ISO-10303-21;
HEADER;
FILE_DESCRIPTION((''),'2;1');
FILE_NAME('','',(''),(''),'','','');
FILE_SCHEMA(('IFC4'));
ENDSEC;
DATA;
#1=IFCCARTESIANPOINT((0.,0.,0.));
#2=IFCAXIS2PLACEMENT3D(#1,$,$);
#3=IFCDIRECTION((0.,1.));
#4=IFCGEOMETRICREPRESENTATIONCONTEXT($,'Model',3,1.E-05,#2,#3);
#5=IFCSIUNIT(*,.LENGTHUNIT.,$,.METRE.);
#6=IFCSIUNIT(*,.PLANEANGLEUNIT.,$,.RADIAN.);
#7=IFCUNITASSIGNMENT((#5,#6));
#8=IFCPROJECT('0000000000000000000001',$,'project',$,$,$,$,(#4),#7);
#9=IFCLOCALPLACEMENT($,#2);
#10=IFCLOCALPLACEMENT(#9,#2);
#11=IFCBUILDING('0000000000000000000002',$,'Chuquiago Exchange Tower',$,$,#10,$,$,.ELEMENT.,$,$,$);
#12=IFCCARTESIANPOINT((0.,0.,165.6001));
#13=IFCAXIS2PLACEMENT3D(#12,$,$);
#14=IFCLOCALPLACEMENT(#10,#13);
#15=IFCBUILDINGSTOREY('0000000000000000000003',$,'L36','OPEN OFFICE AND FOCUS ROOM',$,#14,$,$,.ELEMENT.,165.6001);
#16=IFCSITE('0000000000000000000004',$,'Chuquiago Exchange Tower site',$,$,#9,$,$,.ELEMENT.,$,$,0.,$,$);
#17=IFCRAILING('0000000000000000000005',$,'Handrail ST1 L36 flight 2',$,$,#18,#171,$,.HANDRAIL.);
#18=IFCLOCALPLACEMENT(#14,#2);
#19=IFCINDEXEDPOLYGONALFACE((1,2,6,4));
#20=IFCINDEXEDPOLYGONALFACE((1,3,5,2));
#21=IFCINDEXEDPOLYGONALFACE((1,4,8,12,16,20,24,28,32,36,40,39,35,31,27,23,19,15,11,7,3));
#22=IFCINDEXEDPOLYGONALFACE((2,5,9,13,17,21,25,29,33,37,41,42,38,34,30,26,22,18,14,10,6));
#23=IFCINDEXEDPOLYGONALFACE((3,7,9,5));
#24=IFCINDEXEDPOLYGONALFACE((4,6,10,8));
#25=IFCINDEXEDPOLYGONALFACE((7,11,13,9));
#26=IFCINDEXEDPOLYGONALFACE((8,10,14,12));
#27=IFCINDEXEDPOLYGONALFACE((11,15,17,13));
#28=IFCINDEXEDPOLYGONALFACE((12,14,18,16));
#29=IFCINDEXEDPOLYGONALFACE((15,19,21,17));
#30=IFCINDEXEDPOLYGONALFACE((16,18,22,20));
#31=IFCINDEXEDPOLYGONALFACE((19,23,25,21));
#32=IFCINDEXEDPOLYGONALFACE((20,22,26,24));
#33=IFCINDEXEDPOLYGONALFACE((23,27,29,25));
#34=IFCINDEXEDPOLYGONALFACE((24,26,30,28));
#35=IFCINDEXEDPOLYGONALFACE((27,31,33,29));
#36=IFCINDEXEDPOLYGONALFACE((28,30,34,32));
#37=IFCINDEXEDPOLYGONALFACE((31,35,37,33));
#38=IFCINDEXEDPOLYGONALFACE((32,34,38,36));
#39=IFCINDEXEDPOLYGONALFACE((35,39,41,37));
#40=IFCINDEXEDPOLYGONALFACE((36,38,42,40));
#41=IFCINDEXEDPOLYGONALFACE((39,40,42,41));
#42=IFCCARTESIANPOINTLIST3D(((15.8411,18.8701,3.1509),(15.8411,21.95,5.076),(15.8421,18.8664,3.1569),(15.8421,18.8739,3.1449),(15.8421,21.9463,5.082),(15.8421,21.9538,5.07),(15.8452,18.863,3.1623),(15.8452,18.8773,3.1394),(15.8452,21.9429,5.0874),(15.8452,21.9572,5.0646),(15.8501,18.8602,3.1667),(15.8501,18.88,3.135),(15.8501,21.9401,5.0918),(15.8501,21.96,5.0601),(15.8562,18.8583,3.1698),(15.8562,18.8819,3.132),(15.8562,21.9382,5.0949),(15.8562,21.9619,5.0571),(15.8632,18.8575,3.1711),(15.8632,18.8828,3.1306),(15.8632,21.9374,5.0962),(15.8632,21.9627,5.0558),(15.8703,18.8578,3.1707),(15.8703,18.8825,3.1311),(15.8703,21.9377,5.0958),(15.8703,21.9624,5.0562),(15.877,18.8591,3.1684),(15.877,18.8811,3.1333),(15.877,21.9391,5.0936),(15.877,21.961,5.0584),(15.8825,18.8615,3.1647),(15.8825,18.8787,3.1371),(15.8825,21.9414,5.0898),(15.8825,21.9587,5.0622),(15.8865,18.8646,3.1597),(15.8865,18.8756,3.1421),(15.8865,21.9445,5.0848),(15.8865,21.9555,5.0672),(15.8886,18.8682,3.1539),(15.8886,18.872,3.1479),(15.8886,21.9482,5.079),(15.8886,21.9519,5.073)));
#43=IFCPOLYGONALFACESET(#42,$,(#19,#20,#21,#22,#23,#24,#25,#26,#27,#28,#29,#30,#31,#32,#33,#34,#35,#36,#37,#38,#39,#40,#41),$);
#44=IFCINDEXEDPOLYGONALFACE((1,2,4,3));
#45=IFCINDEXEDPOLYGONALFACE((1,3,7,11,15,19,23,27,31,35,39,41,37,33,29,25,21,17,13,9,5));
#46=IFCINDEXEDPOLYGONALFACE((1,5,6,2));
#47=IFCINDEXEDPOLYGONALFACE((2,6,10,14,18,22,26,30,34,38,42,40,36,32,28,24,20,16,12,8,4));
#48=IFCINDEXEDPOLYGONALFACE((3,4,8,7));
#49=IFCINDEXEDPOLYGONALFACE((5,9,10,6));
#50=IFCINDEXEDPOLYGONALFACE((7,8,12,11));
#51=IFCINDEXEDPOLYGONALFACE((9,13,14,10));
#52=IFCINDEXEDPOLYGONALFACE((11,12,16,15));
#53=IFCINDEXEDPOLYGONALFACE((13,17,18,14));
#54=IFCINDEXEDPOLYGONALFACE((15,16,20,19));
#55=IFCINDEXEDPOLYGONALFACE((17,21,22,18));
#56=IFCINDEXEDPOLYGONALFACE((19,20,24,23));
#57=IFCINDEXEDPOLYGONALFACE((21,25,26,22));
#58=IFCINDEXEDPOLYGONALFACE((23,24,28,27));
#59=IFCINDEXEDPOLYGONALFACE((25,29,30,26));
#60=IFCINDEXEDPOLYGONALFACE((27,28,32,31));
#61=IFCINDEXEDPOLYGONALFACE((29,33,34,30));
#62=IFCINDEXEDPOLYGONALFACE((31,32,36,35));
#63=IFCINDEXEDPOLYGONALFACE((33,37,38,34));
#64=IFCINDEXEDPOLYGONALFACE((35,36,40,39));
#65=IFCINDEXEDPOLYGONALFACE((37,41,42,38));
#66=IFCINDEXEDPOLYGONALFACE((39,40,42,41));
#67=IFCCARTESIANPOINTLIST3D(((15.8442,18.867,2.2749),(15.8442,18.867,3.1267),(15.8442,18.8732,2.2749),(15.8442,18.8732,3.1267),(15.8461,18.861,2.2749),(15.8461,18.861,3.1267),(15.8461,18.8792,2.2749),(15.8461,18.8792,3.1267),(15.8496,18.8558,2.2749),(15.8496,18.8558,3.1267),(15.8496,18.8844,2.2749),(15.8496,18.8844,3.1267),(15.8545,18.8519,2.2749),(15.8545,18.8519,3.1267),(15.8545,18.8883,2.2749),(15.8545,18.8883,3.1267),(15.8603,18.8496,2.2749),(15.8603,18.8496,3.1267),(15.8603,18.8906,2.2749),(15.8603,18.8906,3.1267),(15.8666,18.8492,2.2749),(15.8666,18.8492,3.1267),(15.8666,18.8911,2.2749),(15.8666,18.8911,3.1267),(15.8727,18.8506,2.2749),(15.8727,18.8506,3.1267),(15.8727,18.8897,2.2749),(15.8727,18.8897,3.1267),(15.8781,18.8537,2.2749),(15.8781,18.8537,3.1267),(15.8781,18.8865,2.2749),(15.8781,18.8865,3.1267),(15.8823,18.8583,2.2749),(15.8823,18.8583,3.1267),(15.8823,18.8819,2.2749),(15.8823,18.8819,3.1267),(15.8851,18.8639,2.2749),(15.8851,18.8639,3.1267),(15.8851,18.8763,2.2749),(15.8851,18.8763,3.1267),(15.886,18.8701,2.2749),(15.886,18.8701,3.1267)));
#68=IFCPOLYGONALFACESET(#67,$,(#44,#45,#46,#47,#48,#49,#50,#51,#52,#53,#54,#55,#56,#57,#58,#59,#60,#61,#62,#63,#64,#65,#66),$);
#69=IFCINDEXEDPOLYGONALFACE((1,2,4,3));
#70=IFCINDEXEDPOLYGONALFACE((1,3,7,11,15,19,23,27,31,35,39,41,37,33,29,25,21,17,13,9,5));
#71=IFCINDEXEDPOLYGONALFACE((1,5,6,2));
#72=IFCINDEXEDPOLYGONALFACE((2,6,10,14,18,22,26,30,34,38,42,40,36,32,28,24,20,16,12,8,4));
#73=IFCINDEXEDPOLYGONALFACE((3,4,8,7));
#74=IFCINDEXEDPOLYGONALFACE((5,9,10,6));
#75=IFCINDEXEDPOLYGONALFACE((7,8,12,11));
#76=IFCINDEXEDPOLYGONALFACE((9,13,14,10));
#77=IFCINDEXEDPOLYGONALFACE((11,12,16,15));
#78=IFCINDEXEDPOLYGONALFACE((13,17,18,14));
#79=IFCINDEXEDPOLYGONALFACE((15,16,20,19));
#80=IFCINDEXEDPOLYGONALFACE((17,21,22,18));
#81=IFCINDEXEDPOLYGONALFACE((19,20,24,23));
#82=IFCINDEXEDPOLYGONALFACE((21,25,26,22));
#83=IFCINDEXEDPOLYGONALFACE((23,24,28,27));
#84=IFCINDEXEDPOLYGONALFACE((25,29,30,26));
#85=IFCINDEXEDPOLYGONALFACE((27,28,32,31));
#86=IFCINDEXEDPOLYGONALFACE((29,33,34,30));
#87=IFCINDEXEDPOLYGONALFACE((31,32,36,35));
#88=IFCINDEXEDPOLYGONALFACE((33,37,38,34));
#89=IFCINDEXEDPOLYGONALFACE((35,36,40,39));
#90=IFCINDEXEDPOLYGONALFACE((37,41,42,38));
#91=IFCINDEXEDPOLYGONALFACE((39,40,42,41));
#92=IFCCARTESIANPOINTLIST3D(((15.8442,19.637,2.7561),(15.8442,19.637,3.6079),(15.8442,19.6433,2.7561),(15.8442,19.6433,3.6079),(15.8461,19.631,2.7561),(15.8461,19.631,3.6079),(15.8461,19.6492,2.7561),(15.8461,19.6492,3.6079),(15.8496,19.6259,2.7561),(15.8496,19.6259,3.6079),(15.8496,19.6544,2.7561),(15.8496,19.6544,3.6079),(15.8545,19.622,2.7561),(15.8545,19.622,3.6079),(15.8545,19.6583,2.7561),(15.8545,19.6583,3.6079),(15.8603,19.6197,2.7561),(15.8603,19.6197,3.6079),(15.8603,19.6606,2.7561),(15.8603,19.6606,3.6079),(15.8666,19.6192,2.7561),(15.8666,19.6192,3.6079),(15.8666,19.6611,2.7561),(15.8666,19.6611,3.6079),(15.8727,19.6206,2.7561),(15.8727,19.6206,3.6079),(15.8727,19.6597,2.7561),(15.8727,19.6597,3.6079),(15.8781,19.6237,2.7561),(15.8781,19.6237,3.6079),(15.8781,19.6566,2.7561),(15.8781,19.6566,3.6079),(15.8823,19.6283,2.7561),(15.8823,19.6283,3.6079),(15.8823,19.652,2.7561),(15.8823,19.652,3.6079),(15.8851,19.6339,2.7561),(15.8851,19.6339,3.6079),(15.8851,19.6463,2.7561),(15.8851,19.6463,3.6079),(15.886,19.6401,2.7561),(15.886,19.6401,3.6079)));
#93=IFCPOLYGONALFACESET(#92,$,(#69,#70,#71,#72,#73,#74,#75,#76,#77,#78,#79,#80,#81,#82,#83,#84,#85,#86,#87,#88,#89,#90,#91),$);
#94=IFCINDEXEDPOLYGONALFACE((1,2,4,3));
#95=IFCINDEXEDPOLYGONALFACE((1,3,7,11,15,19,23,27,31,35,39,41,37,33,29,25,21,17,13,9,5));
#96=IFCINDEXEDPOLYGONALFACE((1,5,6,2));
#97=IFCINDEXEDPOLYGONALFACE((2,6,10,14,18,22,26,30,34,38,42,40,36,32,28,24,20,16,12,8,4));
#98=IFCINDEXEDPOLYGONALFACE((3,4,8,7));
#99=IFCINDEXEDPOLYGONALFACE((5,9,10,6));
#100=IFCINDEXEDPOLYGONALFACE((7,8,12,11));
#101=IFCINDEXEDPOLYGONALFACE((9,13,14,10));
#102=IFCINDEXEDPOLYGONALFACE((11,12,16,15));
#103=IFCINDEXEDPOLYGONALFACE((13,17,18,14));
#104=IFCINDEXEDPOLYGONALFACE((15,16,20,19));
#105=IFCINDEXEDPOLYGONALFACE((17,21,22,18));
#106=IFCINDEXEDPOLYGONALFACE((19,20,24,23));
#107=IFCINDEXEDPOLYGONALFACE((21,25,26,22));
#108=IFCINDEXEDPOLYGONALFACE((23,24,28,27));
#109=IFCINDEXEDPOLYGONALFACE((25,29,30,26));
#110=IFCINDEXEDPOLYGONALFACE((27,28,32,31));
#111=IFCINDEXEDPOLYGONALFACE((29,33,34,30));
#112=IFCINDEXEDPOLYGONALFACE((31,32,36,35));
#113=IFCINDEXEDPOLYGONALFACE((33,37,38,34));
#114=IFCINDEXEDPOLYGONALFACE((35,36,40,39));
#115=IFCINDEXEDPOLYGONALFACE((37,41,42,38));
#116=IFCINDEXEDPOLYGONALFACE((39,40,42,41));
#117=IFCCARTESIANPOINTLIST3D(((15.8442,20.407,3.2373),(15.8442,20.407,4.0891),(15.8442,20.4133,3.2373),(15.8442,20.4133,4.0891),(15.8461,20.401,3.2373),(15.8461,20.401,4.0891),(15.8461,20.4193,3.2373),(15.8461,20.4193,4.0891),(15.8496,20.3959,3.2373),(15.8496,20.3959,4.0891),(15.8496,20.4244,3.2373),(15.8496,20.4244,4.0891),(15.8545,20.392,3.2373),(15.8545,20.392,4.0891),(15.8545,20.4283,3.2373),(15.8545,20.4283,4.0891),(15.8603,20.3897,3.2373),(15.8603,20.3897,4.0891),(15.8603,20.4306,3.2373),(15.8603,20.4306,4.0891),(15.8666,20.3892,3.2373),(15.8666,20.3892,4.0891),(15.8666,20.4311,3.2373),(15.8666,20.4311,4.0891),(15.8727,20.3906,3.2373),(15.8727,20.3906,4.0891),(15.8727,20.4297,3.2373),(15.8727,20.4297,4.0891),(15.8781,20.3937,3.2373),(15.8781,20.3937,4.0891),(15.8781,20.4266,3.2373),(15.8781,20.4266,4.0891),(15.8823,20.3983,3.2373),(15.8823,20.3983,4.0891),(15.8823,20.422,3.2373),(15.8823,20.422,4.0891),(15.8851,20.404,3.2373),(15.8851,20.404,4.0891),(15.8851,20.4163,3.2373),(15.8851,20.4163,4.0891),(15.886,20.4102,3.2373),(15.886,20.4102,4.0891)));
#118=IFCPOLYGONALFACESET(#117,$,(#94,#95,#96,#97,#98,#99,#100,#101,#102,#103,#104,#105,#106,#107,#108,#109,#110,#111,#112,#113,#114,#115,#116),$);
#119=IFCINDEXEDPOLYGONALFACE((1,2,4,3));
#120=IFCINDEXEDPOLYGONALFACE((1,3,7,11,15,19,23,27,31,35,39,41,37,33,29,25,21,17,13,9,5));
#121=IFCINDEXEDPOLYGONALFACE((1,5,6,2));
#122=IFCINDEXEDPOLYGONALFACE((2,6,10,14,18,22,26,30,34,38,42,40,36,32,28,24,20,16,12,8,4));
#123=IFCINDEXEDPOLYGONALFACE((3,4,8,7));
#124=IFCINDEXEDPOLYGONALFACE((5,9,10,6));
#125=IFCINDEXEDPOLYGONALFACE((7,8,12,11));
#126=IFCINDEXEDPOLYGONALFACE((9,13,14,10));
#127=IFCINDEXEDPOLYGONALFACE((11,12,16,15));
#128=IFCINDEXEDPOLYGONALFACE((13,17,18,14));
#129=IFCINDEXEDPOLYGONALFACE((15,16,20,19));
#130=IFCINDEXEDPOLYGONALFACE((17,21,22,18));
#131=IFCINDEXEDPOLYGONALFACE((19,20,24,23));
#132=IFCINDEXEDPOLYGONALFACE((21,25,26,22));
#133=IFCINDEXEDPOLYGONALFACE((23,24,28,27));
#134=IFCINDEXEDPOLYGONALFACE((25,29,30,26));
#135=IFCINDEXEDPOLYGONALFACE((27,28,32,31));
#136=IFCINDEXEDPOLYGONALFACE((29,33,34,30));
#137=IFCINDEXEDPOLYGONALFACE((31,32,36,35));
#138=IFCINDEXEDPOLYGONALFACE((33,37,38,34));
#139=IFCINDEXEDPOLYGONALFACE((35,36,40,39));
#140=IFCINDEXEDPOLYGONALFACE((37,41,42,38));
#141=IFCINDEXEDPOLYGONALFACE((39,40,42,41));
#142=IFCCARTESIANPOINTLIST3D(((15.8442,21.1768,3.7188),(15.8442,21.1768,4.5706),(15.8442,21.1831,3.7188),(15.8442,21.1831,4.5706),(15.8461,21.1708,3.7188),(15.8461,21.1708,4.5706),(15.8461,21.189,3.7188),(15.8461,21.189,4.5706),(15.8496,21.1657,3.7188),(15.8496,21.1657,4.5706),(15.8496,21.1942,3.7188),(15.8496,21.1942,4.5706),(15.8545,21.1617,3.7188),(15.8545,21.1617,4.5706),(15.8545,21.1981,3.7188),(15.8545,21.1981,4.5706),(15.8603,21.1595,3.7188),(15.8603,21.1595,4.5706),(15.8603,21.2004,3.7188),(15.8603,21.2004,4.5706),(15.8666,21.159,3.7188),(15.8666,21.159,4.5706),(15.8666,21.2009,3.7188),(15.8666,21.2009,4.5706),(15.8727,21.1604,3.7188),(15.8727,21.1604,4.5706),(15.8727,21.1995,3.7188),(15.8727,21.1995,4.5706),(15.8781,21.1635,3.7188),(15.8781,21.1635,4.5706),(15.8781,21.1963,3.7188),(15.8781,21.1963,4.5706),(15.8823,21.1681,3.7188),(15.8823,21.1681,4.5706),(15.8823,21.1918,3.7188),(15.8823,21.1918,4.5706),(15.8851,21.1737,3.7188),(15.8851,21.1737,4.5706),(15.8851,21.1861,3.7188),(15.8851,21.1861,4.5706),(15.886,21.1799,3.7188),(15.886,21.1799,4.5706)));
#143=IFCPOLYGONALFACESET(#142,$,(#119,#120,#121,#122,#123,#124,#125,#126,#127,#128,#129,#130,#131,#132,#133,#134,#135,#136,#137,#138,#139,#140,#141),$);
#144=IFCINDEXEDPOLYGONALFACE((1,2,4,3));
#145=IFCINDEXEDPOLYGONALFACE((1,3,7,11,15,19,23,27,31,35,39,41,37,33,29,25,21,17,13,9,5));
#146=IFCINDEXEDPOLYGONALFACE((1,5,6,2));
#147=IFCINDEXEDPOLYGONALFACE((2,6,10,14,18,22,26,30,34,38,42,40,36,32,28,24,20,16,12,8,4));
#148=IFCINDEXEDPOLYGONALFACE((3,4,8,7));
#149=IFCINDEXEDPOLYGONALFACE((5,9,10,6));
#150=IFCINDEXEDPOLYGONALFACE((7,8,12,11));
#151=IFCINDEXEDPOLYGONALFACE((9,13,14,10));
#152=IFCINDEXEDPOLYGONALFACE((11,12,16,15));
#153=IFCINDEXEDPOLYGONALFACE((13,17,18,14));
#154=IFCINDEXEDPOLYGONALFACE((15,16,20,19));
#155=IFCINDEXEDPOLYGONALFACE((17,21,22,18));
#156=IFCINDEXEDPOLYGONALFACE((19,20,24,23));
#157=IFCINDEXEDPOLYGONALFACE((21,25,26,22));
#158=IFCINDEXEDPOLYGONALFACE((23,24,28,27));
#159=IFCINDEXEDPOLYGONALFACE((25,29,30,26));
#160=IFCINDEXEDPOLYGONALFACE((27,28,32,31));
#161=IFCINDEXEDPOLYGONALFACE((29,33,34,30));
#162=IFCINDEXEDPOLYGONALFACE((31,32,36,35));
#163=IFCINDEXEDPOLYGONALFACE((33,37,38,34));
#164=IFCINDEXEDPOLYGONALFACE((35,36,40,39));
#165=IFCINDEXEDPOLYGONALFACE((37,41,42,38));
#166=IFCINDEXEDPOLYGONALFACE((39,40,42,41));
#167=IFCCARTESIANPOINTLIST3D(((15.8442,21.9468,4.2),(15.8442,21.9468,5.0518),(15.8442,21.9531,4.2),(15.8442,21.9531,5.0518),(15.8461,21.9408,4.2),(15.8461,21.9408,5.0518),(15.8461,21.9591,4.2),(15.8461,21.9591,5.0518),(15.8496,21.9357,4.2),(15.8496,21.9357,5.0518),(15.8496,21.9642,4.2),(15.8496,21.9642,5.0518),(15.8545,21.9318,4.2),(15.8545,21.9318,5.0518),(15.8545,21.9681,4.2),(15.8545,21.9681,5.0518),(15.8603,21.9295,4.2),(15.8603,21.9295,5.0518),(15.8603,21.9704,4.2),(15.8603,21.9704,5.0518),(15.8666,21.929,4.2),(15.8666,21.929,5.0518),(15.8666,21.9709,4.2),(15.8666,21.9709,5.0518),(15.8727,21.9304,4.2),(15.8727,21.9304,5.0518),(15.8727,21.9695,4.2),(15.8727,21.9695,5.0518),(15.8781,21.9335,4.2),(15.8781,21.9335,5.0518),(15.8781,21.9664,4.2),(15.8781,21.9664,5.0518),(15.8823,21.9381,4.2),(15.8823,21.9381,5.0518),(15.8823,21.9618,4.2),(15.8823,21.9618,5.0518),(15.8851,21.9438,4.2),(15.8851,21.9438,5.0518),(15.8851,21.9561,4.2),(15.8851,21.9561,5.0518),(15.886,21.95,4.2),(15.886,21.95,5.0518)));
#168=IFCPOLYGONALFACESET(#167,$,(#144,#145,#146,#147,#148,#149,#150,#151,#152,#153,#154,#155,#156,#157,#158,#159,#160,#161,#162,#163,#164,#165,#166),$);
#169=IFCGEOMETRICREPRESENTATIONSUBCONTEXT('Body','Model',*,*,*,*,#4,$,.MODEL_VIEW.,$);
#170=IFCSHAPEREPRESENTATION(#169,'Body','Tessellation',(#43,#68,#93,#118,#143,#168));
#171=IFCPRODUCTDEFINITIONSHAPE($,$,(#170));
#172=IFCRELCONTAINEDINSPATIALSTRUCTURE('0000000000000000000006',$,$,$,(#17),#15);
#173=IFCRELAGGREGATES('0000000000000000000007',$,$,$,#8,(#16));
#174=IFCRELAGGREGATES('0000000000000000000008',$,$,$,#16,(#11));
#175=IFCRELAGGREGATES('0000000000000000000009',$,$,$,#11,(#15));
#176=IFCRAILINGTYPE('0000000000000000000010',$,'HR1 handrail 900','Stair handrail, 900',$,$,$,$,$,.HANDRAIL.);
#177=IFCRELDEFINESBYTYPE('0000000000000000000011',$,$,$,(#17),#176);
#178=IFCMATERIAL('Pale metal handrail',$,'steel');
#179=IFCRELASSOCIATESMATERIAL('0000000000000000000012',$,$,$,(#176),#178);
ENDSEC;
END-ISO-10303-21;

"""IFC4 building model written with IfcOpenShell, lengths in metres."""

from ifc_helpers import new_model, si_unit, direction, frame, origin, origin_2d, place, context, subcontext, project, spatial, circle, extrude, material, type_object, element, save


model = new_model("IFC4")

# Units and contexts
model_context = context("Model", 3, precision=1e-05, world=origin(), true_north=direction((0.0, 1.0)))
body_context = subcontext(model_context, "Body", "Model", "MODEL_VIEW")
ifc_project = project(units=[si_unit("LENGTHUNIT", "METRE"), si_unit("PLANEANGLEUNIT", "RADIAN")], contexts=[model_context])

# Site, building, storey
site_placement = place(None, origin())
site = spatial("IfcSite", under=ifc_project, at=site_placement, Name="Chuquiago Exchange Tower site", CompositionType="ELEMENT", RefElevation=0.0)
building_placement = place(site_placement, origin())
building = spatial("IfcBuilding", under=site, at=building_placement, Name="Chuquiago Exchange Tower", CompositionType="ELEMENT")
storey_placement = place(building_placement, frame((0.0, 0.0, 165.6001)))
storey = spatial("IfcBuildingStorey", under=building, at=storey_placement, Name="L36", Description="OPEN OFFICE AND FOCUS ROOM", CompositionType="ELEMENT", Elevation=165.6001)

# Railing
ifc_material_1 = material(Name="Pale metal handrail", Category="steel")
railing_type_1 = type_object("IfcRailingType", Name="HR1 handrail 900", Description="Stair handrail, 900", PredefinedType="HANDRAIL", material=ifc_material_1)
for number, where, name in (
    (1, (15.865, 18.8701, 2.2749), "Handrail ST1 L36 flight 2"),
):
    element("IfcRailing", number, at=place(storey_placement, frame(where)), inside=storey, type_object=railing_type_1, Name=name, PredefinedType="HANDRAIL", context=body_context, shape_type="SweptSolid", body=[
        extrude(circle(Radius=0.0239, at=origin_2d()), frame((0.0, 0.0, 0.876), z_axis=(0.0, 0.847979, 0.530029), x_axis=(-1.0, 0.0, 0.0)), (0.0, 0.0, 1.0), 3.6321),
        extrude(circle(Radius=0.021, at=origin_2d()), origin(), (0.0, 0.0, 1.0), 0.8518),
        extrude(circle(Radius=0.021, at=origin_2d()), frame((0.0, 0.77, 0.4812)), (0.0, 0.0, 1.0), 0.8518),
        extrude(circle(Radius=0.021, at=origin_2d()), frame((0.0, 1.54, 0.9624)), (0.0, 0.0, 1.0), 0.8518),
        extrude(circle(Radius=0.021, at=origin_2d()), frame((0.0, 2.3098, 1.4438)), (0.0, 0.0, 1.0), 0.8518),
        extrude(circle(Radius=0.021, at=origin_2d()), frame((0.0, 3.0798, 1.925)), (0.0, 0.0, 1.0), 0.8518),
    ])

save(model, "model.ifc")
